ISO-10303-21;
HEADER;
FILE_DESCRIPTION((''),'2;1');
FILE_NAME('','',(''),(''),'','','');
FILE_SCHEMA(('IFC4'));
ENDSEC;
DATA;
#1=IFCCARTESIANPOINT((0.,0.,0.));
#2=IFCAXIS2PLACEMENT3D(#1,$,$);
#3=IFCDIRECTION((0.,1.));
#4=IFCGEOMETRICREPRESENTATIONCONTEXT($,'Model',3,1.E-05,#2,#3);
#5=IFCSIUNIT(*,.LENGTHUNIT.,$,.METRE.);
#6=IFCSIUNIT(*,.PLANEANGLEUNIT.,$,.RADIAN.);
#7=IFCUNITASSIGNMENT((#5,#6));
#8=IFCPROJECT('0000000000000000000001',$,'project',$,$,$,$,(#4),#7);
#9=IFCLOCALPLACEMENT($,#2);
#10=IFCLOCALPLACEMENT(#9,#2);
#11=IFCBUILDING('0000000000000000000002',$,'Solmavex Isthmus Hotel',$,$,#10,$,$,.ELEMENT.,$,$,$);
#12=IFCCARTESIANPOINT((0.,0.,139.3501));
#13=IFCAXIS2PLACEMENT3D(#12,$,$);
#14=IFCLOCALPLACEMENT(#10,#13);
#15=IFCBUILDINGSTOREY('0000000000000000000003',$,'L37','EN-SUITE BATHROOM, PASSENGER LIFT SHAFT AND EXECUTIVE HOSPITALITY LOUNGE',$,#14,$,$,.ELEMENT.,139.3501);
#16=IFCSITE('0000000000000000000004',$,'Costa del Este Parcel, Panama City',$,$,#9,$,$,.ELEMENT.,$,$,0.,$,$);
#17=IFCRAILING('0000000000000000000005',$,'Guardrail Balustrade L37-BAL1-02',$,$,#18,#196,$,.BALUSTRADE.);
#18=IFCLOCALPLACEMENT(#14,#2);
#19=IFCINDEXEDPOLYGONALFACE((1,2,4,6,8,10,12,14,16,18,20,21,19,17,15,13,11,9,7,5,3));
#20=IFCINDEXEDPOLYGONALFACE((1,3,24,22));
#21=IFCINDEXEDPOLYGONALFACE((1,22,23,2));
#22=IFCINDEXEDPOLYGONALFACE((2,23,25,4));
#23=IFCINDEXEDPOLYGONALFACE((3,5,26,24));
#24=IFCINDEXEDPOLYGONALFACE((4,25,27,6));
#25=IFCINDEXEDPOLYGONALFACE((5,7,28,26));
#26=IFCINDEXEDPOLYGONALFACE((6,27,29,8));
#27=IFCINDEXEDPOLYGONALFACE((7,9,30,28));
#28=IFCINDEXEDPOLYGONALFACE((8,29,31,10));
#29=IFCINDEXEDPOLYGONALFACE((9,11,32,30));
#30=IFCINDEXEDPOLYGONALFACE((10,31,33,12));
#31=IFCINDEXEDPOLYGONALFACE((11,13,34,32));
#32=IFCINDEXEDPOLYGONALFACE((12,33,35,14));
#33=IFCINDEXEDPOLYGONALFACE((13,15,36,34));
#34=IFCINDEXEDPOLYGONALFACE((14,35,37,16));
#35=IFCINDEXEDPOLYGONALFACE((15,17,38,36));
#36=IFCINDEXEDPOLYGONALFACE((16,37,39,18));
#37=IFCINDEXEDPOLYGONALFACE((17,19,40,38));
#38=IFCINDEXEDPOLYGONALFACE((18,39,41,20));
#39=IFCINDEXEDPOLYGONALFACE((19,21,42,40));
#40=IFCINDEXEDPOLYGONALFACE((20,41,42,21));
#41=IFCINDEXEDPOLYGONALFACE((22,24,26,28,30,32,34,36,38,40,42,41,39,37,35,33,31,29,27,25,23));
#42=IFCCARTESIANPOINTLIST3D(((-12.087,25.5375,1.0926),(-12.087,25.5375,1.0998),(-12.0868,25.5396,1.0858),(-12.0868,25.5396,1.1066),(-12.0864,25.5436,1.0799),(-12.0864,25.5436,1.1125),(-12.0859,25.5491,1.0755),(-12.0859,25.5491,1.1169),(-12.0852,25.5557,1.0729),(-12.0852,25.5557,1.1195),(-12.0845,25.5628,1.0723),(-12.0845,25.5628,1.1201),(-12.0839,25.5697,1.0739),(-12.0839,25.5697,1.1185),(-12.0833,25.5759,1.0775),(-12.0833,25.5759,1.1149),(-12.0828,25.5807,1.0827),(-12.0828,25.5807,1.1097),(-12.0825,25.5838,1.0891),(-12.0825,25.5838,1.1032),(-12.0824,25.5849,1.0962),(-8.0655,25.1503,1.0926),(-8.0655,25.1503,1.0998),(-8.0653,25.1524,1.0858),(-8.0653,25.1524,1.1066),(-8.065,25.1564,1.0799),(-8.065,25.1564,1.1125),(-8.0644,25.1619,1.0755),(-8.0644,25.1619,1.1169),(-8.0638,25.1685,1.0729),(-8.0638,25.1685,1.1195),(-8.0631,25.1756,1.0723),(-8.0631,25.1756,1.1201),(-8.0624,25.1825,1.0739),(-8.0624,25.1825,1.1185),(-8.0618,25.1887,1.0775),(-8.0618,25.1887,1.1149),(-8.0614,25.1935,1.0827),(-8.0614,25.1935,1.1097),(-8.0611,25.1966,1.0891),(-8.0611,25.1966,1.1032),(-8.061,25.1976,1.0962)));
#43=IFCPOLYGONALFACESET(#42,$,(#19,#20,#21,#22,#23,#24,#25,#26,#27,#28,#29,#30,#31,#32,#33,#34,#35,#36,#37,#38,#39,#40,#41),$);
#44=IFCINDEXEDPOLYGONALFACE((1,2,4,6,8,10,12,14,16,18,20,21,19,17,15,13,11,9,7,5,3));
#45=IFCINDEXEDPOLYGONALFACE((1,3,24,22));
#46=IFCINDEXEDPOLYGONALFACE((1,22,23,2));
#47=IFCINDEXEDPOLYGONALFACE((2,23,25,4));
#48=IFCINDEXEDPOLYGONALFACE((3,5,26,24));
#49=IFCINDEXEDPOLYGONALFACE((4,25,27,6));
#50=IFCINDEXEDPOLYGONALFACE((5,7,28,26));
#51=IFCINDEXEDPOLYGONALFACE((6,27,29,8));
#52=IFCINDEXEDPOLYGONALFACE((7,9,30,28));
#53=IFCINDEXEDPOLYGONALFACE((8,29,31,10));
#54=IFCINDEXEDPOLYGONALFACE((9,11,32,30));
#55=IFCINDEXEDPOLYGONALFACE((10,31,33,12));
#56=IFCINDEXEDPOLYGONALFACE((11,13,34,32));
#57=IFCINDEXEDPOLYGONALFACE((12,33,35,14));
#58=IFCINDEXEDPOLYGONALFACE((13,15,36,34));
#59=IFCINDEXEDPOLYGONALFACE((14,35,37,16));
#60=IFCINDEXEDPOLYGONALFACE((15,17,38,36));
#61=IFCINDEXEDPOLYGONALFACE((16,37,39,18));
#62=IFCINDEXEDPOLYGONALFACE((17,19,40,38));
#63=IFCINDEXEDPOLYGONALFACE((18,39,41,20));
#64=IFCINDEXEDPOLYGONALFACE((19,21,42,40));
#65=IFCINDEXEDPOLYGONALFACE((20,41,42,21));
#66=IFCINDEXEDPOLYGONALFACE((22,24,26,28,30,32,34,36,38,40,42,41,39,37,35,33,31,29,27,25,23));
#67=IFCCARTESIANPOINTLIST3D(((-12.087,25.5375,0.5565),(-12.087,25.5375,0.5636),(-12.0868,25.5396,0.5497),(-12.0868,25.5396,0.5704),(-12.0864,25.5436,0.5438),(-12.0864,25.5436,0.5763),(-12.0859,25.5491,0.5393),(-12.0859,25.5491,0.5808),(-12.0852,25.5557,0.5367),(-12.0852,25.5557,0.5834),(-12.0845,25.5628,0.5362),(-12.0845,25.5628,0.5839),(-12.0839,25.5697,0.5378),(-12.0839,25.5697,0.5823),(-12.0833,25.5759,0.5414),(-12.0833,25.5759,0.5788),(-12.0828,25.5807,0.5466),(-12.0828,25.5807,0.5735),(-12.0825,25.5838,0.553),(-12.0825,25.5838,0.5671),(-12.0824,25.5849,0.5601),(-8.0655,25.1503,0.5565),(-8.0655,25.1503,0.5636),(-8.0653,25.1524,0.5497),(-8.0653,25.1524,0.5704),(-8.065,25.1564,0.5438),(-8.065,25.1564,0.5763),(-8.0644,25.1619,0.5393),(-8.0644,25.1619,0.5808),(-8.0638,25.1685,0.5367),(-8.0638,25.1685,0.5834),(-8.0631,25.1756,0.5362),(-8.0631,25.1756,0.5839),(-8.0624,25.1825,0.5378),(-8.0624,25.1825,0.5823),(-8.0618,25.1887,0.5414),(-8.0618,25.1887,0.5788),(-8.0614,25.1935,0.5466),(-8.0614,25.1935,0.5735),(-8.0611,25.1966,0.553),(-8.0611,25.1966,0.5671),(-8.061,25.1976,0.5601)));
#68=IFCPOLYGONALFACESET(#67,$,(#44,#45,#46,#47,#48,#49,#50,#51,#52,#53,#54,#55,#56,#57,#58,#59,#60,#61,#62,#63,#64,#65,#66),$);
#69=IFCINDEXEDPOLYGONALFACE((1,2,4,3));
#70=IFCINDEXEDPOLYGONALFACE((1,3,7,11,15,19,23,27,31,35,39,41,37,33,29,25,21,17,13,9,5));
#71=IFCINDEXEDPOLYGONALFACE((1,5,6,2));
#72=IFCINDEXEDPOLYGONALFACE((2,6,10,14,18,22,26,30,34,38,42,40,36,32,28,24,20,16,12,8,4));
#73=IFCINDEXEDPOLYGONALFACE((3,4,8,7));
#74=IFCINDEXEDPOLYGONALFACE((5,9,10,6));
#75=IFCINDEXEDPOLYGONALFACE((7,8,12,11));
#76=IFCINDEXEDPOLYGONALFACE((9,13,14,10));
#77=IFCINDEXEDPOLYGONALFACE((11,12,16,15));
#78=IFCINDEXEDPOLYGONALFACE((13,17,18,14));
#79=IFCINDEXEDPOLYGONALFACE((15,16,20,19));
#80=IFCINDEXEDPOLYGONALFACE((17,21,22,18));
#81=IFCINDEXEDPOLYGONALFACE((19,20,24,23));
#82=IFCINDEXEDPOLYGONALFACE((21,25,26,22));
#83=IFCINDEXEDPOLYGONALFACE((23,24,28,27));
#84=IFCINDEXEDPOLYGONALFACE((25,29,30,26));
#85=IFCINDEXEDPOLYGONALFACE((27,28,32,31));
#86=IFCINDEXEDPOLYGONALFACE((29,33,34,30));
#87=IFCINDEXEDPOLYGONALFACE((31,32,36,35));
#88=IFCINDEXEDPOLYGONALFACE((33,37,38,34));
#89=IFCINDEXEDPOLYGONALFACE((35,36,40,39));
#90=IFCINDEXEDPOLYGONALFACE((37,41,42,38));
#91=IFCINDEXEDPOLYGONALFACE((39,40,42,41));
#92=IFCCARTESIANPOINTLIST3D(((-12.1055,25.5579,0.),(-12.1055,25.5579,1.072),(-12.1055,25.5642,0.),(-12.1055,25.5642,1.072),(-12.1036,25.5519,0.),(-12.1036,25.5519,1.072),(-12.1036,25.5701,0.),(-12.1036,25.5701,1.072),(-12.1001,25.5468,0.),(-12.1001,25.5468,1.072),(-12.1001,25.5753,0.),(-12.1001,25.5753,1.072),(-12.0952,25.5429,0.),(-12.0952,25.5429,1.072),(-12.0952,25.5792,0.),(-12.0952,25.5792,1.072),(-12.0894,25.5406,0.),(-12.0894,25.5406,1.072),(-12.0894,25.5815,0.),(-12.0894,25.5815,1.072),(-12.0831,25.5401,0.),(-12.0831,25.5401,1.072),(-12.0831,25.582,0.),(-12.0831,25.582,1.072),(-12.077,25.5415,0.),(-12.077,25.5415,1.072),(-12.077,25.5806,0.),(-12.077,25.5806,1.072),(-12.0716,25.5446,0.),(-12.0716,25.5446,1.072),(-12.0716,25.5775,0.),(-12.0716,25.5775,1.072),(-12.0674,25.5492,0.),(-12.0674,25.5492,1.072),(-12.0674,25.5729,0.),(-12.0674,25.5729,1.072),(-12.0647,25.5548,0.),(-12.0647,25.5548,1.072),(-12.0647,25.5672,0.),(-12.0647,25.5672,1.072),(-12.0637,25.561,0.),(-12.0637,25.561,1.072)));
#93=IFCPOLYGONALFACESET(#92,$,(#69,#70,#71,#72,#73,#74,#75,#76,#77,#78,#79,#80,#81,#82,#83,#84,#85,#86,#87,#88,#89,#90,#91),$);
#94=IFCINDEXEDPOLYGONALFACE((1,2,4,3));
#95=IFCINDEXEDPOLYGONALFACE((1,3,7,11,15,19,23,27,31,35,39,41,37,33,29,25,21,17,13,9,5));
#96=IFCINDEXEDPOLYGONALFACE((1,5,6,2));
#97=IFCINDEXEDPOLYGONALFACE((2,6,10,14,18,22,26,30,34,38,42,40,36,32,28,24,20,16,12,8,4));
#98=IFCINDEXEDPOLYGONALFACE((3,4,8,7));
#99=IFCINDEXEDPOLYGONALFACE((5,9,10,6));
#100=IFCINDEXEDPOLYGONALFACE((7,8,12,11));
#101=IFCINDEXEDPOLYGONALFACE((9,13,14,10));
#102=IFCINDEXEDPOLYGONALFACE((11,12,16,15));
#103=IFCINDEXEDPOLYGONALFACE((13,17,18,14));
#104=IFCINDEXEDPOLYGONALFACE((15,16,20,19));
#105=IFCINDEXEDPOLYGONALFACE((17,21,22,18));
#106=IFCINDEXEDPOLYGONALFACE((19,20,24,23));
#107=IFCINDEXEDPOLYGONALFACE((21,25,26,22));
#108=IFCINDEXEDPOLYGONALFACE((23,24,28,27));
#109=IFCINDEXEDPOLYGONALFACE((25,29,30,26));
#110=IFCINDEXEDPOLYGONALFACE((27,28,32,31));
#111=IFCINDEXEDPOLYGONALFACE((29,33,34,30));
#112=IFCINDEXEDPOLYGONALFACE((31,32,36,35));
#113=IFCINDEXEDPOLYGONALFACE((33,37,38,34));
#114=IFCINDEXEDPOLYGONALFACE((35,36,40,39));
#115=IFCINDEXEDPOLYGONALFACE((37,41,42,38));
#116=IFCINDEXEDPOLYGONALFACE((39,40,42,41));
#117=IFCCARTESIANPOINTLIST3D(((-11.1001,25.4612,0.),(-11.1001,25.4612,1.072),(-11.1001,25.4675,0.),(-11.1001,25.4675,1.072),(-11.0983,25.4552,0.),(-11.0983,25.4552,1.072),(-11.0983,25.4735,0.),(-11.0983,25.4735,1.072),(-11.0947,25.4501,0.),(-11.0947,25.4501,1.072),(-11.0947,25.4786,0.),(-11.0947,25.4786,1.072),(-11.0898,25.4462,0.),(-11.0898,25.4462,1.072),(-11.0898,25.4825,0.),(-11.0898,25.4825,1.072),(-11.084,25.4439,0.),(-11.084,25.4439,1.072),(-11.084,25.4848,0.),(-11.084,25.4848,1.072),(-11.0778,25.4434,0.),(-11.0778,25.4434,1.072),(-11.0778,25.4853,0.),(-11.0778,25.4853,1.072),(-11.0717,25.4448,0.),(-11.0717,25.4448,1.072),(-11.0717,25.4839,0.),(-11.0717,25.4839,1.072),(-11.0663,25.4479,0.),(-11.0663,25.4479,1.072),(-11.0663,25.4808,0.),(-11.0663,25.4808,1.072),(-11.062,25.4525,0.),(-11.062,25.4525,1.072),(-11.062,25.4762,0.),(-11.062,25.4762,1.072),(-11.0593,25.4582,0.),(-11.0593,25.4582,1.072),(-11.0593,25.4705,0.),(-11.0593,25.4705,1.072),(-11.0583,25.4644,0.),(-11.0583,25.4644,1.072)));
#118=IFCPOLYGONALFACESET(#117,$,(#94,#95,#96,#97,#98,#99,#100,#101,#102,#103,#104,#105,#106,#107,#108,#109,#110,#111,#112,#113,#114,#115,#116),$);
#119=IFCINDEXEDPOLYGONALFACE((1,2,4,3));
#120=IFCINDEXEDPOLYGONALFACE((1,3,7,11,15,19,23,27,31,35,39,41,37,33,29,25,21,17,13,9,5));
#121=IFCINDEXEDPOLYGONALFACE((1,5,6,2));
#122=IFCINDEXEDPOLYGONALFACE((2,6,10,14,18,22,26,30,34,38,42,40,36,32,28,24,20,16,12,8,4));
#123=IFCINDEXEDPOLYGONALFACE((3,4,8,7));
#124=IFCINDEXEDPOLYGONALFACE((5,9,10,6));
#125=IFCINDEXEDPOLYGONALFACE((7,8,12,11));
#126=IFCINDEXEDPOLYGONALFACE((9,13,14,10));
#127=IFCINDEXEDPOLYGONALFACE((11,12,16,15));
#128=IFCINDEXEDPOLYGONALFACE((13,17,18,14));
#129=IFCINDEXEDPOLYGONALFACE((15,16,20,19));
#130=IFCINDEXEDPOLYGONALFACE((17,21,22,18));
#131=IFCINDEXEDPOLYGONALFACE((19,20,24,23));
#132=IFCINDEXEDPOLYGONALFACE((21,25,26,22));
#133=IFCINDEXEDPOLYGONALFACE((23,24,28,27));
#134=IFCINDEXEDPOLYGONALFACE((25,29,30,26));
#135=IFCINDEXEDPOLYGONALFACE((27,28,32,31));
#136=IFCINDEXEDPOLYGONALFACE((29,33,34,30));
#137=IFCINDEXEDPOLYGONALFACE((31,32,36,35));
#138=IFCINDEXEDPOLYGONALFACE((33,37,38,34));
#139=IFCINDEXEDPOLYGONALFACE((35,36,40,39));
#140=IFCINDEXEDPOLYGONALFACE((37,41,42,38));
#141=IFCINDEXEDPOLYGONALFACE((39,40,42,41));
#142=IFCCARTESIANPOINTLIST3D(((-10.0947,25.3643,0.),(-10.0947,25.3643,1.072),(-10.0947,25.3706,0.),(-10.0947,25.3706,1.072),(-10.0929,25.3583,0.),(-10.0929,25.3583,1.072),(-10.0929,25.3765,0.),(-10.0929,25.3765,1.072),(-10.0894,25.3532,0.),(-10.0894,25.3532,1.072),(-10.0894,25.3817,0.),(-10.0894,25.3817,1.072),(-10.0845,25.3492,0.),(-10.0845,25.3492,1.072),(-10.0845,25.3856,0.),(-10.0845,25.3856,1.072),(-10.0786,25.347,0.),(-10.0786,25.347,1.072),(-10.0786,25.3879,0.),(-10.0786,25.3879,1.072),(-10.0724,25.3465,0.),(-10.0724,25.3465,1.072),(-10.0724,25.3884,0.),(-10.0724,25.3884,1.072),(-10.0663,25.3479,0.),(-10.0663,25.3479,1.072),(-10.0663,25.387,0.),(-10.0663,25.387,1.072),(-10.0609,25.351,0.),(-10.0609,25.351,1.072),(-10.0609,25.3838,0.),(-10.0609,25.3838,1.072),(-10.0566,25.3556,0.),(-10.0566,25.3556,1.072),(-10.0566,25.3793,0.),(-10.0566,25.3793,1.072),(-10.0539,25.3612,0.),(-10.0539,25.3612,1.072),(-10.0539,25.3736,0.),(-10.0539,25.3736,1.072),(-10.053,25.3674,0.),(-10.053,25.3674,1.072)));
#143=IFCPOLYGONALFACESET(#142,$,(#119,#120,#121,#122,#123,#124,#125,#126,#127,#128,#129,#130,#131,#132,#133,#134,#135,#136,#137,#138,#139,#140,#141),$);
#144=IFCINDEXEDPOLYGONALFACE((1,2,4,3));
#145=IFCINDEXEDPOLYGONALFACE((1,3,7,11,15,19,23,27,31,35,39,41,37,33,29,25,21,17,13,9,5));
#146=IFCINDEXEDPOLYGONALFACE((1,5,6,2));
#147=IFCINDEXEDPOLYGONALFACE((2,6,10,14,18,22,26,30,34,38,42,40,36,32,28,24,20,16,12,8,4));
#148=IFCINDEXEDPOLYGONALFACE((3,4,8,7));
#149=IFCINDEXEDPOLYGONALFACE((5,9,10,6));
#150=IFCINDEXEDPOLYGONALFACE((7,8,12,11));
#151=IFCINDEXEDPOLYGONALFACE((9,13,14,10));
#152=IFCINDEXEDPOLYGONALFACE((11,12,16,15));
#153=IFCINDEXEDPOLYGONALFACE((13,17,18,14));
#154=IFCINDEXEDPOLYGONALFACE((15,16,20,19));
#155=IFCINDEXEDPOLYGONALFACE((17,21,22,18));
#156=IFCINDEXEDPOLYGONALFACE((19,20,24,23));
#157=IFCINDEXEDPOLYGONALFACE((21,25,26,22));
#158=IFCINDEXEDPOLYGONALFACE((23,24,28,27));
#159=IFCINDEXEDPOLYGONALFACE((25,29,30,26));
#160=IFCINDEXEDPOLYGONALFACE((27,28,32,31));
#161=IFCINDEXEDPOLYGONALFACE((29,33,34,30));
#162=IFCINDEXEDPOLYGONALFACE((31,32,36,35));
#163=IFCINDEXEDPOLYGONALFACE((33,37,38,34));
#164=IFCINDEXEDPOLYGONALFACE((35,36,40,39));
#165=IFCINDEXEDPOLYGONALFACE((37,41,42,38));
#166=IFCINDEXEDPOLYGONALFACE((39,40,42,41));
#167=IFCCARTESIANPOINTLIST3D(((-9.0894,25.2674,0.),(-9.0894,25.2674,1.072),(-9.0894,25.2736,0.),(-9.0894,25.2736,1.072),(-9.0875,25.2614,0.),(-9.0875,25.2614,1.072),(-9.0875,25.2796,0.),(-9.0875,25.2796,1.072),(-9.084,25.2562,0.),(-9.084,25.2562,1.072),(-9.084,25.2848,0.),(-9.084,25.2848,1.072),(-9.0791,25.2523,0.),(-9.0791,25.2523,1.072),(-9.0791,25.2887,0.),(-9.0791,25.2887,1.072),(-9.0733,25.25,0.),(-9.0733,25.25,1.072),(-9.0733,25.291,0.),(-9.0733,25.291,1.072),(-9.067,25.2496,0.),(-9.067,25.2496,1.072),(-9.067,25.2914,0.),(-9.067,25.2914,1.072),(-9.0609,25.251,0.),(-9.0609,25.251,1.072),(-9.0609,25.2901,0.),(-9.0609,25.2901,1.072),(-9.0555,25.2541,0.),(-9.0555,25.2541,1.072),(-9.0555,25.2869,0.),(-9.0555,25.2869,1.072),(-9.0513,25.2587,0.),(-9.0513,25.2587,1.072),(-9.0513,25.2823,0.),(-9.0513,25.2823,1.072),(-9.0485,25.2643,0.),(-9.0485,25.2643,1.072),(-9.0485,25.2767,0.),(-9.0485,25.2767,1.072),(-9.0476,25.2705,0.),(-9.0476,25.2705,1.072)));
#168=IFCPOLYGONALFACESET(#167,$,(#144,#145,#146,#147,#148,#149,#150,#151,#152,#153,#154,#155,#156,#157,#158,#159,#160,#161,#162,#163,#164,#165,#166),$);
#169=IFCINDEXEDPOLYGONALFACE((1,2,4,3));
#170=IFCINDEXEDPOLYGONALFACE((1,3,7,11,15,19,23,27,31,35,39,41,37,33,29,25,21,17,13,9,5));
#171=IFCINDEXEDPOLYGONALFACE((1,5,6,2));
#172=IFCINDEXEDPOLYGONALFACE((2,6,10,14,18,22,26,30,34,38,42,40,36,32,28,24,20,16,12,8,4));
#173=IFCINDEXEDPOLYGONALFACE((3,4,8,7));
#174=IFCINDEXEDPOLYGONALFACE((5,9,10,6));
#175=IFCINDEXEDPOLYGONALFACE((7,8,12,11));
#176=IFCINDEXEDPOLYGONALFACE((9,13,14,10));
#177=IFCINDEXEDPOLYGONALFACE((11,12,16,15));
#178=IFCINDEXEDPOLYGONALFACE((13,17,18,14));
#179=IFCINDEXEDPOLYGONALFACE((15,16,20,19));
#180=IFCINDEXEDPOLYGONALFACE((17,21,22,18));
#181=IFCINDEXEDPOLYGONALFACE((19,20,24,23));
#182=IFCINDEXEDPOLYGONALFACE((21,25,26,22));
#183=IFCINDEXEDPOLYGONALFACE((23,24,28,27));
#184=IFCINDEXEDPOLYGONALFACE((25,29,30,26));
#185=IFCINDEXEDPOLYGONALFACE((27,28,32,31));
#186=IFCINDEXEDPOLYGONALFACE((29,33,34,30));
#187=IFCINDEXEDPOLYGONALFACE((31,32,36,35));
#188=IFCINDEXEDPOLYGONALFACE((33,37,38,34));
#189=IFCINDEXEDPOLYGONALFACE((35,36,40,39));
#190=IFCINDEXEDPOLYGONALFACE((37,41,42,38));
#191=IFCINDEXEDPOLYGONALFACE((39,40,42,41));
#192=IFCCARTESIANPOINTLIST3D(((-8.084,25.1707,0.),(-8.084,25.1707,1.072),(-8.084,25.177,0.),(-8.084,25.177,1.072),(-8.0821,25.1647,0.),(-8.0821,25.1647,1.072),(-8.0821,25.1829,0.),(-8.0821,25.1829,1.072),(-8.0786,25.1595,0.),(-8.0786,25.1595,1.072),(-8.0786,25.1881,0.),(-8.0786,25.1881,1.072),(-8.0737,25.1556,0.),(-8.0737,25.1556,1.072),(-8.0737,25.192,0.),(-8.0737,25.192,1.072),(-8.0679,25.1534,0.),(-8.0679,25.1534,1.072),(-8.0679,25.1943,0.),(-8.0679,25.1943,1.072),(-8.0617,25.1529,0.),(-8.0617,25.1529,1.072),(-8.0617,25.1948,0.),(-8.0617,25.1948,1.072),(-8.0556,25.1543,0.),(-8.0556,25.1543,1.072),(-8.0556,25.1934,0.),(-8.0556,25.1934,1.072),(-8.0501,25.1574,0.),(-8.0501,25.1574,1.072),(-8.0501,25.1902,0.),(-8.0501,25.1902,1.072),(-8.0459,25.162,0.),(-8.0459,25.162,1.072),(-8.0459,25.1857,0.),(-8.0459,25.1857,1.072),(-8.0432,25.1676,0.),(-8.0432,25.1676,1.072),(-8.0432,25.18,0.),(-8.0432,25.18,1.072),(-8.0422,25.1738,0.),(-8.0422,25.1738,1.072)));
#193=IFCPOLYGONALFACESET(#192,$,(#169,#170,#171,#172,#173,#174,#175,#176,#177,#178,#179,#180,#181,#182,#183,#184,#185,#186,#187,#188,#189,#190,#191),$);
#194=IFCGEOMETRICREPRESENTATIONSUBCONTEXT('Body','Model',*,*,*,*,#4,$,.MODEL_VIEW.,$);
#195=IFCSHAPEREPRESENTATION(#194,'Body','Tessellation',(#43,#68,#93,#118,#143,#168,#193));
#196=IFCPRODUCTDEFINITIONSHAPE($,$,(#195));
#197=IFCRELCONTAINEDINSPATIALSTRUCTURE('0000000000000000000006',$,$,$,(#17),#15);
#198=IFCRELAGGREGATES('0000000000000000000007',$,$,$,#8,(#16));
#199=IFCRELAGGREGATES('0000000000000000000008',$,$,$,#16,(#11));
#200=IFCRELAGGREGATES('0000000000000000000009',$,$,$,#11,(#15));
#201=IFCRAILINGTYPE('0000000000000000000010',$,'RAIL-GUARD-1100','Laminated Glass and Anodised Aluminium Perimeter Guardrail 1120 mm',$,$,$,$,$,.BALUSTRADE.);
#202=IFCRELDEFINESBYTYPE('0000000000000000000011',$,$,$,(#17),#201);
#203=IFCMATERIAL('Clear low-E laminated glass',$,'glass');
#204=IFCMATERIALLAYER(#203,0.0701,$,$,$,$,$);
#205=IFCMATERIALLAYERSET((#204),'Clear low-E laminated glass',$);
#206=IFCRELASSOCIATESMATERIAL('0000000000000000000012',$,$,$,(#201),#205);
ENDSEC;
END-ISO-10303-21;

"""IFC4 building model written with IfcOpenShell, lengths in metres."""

from ifc_helpers import new_model, si_unit, direction, frame, origin, origin_2d, place, context, subcontext, project, spatial, circle, extrude, material, layer, layer_set, type_object, element, save


model = new_model("IFC4")

# Units and contexts
model_context = context("Model", 3, precision=1e-05, world=origin(), true_north=direction((0.0, 1.0)))
body_context = subcontext(model_context, "Body", "Model", "MODEL_VIEW")
ifc_project = project(units=[si_unit("LENGTHUNIT", "METRE"), si_unit("PLANEANGLEUNIT", "RADIAN")], contexts=[model_context])

# Site, building, storey
site_placement = place(None, origin())
site = spatial("IfcSite", under=ifc_project, at=site_placement, Name="Costa del Este Parcel, Panama City", CompositionType="ELEMENT", RefElevation=0.0)
building_placement = place(site_placement, origin())
building = spatial("IfcBuilding", under=site, at=building_placement, Name="Solmavex Isthmus Hotel", CompositionType="ELEMENT")
storey_placement = place(building_placement, frame((0.0, 0.0, 139.3501)))
storey = spatial("IfcBuildingStorey", under=building, at=storey_placement, Name="L37", Description="EN-SUITE BATHROOM, PASSENGER LIFT SHAFT AND EXECUTIVE HOSPITALITY LOUNGE", CompositionType="ELEMENT", Elevation=139.3501)

# Shared definitions
ifc_material_1 = material(Name="Clear low-E laminated glass", Category="glass")

# Railing
ifc_layer_1 = layer(ifc_material_1, 0.0701)
ifc_layer_set_1 = layer_set([ifc_layer_1], Name="Clear low-E laminated glass")
railing_type = type_object("IfcRailingType", Name="RAIL-GUARD-1100", Description="Laminated Glass and Anodised Aluminium Perimeter Guardrail 1120 mm", PredefinedType="BALUSTRADE", material=ifc_layer_set_1)
railing_1_placement = place(storey_placement, frame((-12.0847, 25.561, 0.0)))
element("IfcRailing", 1, at=railing_1_placement, inside=storey, type_object=railing_type, Name="Guardrail Balustrade L37-BAL1-02", PredefinedType="BALUSTRADE", context=body_context, shape_type="SweptSolid", body=[
    extrude(circle(Radius=0.0239, at=origin_2d()), frame((0.0, 0.0, 1.0962), z_axis=(0.995397, -0.095841, 0.0), x_axis=(0.095841, 0.995397, 0.0)), (0.0, 0.0, 1.0), 4.04),
    extrude(circle(Radius=0.0239, at=origin_2d()), frame((0.0, 0.0, 0.5601), z_axis=(0.995397, -0.095841, 0.0), x_axis=(0.095841, 0.995397, 0.0)), (0.0, 0.0, 1.0), 4.04),
    extrude(circle(Radius=0.021, at=origin_2d()), origin(), (0.0, 0.0, 1.0), 1.072),
    extrude(circle(Radius=0.021, at=origin_2d()), frame((1.0054, -0.0967, 0.0)), (0.0, 0.0, 1.0), 1.072),
    extrude(circle(Radius=0.021, at=origin_2d()), frame((2.0107, -0.1936, 0.0)), (0.0, 0.0, 1.0), 1.072),
    extrude(circle(Radius=0.021, at=origin_2d()), frame((3.0161, -0.2905, 0.0)), (0.0, 0.0, 1.0), 1.072),
    extrude(circle(Radius=0.021, at=origin_2d()), frame((4.0215, -0.3872, 0.0)), (0.0, 0.0, 1.0), 1.072),
])

save(model, "model.ifc")
